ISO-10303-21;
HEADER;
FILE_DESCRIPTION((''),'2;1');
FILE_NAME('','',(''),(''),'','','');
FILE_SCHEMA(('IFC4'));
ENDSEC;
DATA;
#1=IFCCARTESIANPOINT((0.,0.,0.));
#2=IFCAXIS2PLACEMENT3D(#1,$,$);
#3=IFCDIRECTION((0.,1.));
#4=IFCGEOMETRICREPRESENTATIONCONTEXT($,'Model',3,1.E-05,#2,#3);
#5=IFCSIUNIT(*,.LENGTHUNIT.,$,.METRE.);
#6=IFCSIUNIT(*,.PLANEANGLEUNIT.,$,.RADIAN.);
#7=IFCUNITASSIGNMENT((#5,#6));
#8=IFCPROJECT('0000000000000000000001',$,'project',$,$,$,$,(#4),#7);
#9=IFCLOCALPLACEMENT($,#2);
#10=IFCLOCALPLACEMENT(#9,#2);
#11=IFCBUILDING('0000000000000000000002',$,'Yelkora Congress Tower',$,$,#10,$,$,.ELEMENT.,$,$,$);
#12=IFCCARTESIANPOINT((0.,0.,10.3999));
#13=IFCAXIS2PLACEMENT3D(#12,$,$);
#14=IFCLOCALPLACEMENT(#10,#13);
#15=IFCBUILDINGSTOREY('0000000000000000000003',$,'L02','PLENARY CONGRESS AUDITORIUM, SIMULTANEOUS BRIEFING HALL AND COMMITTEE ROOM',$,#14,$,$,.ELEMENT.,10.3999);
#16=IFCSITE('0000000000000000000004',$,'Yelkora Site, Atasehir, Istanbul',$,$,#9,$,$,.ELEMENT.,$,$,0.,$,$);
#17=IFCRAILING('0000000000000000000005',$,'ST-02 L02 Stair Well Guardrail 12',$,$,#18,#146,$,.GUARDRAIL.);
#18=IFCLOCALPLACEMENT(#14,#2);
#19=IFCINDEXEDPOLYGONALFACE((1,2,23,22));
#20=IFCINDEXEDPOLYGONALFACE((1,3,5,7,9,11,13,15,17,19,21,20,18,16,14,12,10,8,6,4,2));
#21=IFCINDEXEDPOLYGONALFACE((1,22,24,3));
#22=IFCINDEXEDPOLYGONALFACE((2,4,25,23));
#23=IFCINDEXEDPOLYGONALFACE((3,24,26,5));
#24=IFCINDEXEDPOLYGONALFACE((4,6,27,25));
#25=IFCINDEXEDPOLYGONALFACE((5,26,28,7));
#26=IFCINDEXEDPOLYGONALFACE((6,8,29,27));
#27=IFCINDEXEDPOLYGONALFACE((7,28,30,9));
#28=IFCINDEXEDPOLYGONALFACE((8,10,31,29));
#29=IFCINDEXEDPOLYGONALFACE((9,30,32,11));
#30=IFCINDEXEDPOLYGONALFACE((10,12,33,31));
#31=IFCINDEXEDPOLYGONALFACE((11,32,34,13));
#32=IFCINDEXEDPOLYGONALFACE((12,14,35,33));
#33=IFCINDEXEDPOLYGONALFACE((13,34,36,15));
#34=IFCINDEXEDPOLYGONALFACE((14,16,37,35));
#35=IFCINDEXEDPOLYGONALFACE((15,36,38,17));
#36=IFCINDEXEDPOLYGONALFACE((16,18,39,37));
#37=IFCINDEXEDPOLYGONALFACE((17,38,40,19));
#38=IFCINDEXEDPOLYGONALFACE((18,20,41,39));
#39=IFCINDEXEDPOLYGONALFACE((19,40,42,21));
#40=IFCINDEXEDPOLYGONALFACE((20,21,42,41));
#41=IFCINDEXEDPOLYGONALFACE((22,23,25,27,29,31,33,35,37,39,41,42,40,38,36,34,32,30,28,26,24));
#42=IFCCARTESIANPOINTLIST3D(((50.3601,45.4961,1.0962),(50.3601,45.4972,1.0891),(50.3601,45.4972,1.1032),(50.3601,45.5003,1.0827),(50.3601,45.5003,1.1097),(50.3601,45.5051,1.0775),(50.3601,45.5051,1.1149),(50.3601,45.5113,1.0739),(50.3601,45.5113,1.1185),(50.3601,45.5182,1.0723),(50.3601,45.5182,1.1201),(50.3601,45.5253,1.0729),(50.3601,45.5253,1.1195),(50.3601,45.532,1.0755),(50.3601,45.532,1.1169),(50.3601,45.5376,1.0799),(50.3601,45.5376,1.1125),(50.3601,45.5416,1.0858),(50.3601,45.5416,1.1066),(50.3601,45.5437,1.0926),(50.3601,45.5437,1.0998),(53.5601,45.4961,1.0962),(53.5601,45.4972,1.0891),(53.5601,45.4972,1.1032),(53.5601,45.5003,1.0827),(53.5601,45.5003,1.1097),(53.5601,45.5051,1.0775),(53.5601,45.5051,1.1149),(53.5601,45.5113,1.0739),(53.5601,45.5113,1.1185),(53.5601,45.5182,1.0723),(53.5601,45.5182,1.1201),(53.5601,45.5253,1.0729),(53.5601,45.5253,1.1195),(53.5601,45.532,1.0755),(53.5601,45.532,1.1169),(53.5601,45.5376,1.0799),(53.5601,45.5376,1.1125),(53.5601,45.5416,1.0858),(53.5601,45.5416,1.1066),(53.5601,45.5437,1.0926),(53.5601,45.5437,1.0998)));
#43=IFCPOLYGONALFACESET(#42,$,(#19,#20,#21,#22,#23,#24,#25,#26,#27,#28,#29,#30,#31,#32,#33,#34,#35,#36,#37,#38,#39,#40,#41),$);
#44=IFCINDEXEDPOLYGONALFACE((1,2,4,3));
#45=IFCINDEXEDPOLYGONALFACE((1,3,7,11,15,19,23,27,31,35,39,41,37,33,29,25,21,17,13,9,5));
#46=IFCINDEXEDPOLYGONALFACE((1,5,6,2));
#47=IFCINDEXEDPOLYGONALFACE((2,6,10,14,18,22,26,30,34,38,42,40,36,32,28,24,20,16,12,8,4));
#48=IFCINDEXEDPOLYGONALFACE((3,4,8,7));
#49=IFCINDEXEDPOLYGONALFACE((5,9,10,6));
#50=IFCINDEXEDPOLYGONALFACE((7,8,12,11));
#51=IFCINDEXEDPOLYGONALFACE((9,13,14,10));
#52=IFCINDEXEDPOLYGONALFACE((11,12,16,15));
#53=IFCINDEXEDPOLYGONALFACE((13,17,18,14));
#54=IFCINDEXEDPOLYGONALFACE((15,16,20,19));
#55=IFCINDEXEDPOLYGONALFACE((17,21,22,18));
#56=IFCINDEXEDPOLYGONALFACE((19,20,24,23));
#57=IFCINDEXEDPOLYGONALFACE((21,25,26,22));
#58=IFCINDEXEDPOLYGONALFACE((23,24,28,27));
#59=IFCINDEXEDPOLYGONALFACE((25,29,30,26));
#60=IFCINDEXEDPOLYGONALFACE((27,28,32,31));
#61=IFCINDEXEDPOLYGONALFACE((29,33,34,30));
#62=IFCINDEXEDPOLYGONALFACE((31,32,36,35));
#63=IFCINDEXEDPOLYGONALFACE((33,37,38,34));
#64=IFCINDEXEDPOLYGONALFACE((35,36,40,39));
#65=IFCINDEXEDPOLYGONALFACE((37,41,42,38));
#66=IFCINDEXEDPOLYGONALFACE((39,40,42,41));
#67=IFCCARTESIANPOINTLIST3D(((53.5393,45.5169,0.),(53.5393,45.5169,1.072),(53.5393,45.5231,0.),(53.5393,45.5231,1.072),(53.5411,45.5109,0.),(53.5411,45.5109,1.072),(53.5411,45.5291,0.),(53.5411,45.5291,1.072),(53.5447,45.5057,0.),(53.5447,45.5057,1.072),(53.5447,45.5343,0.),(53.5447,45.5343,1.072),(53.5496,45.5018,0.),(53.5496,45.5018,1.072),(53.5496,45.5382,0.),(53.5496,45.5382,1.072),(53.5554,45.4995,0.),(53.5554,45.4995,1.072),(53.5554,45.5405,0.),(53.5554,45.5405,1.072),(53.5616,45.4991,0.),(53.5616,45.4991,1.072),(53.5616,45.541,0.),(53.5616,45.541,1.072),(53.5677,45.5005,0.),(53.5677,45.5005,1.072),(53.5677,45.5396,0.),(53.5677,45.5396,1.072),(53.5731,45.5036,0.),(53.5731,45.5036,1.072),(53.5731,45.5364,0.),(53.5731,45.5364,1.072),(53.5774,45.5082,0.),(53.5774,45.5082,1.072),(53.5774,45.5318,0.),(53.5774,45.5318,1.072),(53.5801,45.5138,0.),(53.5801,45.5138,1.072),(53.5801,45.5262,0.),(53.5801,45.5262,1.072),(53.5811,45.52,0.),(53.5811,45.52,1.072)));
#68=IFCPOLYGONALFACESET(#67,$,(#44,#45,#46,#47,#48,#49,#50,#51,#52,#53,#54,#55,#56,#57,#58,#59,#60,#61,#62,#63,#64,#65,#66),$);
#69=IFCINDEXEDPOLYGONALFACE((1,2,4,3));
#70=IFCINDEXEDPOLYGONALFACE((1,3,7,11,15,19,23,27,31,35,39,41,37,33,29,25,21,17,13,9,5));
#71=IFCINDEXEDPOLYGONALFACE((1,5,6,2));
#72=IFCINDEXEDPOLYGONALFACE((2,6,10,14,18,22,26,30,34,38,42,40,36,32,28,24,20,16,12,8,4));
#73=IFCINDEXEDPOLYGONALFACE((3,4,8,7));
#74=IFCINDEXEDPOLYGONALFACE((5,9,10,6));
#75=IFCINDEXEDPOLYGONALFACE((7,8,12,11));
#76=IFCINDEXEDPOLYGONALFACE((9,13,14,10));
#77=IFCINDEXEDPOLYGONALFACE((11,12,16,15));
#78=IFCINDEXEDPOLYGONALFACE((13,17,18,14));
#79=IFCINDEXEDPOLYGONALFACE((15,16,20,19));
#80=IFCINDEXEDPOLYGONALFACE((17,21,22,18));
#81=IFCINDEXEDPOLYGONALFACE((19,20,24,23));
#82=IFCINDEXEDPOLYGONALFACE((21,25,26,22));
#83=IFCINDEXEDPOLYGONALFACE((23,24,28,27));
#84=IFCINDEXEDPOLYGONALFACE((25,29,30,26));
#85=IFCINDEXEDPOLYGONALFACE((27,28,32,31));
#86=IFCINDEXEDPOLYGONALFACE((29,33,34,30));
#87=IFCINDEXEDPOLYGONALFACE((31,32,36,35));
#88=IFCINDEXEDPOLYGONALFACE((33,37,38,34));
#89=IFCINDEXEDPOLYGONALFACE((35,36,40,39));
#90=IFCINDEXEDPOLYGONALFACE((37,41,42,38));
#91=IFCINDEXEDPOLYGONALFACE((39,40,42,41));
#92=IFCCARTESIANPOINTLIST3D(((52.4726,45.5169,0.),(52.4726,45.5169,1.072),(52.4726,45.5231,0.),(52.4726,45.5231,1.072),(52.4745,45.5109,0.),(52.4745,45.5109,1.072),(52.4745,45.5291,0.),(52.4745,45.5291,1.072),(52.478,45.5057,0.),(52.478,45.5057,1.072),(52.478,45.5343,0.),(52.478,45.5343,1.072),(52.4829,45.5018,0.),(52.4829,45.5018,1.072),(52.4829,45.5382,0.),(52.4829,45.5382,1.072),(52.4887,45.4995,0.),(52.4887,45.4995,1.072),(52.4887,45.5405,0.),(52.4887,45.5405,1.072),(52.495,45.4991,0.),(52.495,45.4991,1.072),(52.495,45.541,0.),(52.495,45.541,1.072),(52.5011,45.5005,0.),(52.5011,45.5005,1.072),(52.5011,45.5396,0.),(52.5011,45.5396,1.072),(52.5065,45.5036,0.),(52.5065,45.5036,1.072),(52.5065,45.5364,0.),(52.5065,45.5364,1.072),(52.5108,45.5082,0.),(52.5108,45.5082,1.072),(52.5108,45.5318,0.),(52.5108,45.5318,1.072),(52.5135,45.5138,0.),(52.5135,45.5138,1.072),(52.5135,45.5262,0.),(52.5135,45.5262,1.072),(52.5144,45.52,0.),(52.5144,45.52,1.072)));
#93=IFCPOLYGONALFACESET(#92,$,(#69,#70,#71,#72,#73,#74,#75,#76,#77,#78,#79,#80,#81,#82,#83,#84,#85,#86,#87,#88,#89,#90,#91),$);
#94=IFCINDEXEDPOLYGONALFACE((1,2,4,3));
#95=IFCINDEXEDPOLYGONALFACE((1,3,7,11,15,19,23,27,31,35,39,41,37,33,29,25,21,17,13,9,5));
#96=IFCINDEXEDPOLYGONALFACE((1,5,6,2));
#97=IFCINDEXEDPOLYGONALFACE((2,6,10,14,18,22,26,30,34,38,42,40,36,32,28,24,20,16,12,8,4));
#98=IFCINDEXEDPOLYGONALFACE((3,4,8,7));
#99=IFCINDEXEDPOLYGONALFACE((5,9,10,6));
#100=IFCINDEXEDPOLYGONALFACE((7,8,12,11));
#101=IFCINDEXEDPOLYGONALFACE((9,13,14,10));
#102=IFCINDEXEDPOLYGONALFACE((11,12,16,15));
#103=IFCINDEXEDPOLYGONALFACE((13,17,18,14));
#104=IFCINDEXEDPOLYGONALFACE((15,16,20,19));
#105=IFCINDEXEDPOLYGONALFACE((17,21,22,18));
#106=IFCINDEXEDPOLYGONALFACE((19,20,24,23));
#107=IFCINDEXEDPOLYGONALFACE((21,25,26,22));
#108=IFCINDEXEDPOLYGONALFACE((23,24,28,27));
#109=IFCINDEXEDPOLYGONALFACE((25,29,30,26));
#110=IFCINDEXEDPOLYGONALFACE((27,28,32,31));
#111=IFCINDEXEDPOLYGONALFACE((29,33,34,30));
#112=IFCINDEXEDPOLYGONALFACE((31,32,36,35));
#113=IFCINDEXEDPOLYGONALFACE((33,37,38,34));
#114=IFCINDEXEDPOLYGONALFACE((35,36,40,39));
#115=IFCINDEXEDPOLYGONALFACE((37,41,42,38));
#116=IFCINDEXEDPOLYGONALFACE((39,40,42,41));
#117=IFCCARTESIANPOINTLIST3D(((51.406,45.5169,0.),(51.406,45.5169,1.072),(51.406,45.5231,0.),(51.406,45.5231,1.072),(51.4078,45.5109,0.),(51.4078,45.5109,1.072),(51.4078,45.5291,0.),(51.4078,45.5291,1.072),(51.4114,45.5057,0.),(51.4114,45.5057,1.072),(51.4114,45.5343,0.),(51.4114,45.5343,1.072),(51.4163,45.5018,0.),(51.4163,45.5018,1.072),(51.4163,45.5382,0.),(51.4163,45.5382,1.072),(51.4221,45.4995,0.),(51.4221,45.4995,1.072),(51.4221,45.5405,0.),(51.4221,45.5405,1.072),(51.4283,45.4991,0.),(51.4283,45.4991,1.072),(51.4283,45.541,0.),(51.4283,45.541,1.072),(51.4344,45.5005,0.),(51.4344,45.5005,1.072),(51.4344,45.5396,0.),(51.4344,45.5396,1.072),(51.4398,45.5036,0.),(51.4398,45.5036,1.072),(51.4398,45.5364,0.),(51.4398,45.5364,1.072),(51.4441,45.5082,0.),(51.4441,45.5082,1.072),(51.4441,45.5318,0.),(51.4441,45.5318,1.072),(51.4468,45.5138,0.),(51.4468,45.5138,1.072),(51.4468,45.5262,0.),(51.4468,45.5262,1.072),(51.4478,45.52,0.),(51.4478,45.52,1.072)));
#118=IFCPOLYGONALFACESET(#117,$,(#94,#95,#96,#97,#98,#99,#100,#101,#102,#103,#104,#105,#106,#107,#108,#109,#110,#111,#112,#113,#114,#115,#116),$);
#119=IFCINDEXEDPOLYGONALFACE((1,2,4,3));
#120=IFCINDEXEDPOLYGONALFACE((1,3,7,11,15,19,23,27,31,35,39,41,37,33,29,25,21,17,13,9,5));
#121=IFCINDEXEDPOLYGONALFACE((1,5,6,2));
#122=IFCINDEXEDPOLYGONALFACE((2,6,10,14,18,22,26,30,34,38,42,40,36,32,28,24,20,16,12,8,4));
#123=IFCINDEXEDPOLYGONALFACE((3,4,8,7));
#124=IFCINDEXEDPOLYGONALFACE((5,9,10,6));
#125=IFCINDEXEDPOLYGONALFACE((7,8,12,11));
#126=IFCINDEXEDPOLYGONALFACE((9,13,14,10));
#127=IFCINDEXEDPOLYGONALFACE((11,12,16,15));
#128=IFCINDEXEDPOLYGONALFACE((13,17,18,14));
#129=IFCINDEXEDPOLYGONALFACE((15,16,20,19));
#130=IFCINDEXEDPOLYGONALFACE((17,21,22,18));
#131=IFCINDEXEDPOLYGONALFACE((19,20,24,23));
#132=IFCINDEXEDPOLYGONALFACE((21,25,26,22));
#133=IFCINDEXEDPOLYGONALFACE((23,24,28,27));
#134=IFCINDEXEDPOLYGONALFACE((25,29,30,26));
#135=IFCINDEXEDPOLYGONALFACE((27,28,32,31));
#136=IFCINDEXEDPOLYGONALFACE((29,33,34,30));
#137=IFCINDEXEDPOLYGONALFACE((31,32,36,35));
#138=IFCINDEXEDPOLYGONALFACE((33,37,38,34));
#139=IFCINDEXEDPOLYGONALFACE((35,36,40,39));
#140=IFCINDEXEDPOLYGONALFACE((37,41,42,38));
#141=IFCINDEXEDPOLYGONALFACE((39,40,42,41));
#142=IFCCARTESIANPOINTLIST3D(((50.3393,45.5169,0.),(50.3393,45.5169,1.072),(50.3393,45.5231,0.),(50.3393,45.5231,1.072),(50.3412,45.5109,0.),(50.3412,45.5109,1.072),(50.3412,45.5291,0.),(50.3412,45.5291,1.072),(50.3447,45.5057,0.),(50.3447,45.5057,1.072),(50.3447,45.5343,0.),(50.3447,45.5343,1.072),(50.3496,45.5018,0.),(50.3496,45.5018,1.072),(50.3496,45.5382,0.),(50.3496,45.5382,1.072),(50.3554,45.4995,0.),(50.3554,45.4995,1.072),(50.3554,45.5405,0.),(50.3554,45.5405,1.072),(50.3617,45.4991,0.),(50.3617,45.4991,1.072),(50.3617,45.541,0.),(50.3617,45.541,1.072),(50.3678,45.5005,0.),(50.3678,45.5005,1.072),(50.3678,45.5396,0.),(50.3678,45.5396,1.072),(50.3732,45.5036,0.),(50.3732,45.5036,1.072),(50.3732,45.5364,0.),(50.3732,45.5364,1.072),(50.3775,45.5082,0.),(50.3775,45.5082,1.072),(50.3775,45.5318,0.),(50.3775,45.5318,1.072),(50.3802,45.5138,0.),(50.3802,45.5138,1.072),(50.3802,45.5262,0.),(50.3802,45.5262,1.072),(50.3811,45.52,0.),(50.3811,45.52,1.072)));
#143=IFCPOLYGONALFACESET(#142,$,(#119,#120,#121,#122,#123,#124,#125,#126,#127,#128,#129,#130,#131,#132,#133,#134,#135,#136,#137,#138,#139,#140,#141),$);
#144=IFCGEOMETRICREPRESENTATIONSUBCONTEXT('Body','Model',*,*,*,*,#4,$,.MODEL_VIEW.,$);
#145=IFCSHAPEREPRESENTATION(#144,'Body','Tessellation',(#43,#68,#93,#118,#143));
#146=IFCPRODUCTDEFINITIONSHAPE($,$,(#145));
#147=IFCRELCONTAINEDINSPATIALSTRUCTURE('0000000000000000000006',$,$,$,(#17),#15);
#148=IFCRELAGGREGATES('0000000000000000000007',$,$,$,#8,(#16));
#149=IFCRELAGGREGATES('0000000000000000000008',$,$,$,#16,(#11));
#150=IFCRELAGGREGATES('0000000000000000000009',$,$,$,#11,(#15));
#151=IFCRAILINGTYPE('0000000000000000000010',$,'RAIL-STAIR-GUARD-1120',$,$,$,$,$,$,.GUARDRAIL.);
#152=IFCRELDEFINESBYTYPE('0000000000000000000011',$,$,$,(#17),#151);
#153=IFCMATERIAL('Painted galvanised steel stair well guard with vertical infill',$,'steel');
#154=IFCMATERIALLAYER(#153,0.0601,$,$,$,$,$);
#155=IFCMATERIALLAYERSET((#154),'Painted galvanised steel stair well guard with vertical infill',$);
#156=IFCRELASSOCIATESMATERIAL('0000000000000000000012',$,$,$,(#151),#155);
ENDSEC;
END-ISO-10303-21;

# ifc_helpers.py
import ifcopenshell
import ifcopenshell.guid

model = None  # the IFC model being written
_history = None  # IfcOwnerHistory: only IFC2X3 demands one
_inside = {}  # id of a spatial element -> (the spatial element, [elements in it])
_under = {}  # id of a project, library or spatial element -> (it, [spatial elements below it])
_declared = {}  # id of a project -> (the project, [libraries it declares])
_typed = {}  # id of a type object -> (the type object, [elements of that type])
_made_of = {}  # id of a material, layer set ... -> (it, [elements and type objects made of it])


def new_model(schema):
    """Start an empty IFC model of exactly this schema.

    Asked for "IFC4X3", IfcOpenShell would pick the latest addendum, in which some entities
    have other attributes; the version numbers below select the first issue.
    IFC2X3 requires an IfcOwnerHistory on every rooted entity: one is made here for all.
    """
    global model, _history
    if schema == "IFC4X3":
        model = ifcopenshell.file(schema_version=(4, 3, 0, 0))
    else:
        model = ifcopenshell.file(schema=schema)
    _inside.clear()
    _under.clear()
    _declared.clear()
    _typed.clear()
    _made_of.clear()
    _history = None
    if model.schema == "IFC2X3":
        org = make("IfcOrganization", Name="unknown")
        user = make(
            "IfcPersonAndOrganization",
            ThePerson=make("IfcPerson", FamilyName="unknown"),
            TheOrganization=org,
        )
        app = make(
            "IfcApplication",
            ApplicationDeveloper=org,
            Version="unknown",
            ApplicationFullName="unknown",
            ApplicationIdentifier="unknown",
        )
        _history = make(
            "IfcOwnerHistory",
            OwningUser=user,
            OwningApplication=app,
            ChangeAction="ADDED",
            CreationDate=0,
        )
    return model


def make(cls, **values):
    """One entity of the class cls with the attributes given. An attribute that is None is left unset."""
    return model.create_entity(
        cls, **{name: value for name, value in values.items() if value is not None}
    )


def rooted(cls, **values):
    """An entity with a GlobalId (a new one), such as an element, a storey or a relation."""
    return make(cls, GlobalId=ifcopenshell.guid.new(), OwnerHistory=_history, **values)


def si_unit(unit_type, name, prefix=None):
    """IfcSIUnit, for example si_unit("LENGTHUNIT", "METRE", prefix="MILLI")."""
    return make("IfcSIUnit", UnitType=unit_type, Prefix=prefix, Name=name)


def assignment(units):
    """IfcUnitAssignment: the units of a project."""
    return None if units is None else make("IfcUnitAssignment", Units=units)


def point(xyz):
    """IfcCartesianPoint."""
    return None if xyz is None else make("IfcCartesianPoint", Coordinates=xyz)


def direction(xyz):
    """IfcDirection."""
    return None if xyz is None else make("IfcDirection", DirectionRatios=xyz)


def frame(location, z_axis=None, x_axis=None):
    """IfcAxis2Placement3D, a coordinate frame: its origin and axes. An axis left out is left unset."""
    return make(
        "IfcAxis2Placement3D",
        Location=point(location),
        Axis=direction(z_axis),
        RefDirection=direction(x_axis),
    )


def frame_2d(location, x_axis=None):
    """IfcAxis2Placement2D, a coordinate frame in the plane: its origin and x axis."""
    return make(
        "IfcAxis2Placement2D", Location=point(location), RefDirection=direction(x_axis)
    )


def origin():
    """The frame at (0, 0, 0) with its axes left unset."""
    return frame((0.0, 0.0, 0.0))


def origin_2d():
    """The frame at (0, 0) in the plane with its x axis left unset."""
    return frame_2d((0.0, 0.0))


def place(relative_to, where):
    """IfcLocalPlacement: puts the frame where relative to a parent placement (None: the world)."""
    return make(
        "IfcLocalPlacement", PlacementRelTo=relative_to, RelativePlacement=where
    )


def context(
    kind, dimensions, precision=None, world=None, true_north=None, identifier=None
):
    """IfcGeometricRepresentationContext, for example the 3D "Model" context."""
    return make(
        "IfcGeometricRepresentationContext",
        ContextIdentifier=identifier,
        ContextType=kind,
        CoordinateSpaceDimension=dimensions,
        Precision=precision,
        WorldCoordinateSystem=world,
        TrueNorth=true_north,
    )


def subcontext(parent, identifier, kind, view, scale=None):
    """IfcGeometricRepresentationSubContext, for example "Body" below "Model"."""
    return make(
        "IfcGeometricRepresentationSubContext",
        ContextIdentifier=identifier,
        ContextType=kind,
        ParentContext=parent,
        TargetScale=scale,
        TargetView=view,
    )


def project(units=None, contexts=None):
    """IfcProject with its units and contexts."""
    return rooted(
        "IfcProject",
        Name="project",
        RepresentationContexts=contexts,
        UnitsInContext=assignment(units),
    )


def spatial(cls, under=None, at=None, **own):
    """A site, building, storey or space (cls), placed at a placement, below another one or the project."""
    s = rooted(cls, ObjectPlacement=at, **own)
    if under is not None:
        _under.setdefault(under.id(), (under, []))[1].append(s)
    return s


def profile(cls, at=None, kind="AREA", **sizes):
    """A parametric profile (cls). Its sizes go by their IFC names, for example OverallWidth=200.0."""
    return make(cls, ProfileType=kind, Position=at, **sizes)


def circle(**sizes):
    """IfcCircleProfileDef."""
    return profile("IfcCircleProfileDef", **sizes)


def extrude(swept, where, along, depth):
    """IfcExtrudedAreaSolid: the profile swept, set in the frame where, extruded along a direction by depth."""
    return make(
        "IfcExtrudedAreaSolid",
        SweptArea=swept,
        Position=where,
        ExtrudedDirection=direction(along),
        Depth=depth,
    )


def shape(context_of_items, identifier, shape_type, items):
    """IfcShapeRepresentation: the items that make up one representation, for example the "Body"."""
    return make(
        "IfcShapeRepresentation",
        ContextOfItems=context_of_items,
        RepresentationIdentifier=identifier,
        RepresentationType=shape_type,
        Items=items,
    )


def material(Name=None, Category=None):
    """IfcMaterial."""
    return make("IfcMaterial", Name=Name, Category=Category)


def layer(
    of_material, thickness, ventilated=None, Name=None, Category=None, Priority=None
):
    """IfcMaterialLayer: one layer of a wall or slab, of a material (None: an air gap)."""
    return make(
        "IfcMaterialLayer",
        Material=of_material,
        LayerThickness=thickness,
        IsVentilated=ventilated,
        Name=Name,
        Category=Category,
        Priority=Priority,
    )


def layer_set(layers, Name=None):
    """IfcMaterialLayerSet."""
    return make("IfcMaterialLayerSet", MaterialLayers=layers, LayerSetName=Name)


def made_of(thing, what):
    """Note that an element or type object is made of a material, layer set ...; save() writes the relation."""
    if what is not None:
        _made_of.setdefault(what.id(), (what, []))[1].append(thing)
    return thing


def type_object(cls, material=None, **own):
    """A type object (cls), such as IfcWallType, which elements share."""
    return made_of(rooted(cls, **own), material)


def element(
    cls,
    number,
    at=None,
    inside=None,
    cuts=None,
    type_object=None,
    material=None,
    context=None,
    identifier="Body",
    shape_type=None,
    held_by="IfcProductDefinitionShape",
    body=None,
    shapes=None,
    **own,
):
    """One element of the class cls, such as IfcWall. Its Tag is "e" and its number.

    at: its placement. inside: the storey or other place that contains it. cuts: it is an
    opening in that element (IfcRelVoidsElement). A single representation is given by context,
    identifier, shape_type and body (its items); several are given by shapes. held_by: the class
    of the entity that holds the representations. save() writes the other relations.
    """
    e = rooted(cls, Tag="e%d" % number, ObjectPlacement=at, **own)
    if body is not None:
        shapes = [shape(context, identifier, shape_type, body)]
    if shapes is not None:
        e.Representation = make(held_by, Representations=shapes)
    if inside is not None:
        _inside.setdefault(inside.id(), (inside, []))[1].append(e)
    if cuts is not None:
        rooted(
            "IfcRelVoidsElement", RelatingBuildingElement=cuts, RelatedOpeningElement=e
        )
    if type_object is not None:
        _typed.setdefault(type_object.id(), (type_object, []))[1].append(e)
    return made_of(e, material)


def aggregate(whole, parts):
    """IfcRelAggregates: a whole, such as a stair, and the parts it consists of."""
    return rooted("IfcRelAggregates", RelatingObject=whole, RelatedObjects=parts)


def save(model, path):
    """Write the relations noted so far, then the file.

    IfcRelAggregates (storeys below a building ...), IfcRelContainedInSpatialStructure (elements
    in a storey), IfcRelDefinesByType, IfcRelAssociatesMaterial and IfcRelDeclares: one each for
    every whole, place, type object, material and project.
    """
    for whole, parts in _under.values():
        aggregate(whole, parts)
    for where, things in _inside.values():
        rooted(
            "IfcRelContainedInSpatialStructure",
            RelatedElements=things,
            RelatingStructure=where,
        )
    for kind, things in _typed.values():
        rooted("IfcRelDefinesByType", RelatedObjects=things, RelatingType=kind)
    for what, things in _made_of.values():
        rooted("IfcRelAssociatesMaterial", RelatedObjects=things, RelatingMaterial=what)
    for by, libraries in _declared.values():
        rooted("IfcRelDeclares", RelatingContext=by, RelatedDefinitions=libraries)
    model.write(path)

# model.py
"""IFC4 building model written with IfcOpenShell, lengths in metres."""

from ifc_helpers import new_model, si_unit, direction, frame, origin, origin_2d, place, context, subcontext, project, spatial, circle, extrude, material, layer, layer_set, type_object, element, save


model = new_model("IFC4")

# Units and contexts
model_context = context("Model", 3, precision=1e-05, world=origin(), true_north=direction((0.0, 1.0)))
body_context = subcontext(model_context, "Body", "Model", "MODEL_VIEW")
ifc_project = project(units=[si_unit("LENGTHUNIT", "METRE"), si_unit("PLANEANGLEUNIT", "RADIAN")], contexts=[model_context])

# Site, building, storey
site_placement = place(None, origin())
site = spatial("IfcSite", under=ifc_project, at=site_placement, Name="Yelkora Site, Atasehir, Istanbul", CompositionType="ELEMENT", RefElevation=0.0)
building_placement = place(site_placement, origin())
building = spatial("IfcBuilding", under=site, at=building_placement, Name="Yelkora Congress Tower", CompositionType="ELEMENT")
storey_placement = place(building_placement, frame((0.0, 0.0, 10.3999)))
storey = spatial("IfcBuildingStorey", under=building, at=storey_placement, Name="L02", Description="PLENARY CONGRESS AUDITORIUM, SIMULTANEOUS BRIEFING HALL AND COMMITTEE ROOM", CompositionType="ELEMENT", Elevation=10.3999)

# Railing
ifc_material_1 = material(Name="Painted galvanised steel stair well guard with vertical infill", Category="steel")
ifc_layer_1 = layer(ifc_material_1, 0.0601)
ifc_layer_set_1 = layer_set([ifc_layer_1], Name="Painted galvanised steel stair well guard with vertical infill")
railing_type_1 = type_object("IfcRailingType", Name="RAIL-STAIR-GUARD-1120", PredefinedType="GUARDRAIL", material=ifc_layer_set_1)
railing_1_placement = place(storey_placement, frame((53.5601, 45.52, 0.0)))
element("IfcRailing", 1, at=railing_1_placement, inside=storey, type_object=railing_type_1, Name="ST-02 L02 Stair Well Guardrail 12", PredefinedType="GUARDRAIL", context=body_context, shape_type="SweptSolid", body=[
    extrude(circle(Radius=0.0239, at=origin_2d()), frame((0.0, 0.0, 1.0962), z_axis=(-1.0, 0.0, 0.0), x_axis=(0.0, -1.0, 0.0)), (0.0, 0.0, 1.0), 3.2),
    extrude(circle(Radius=0.021, at=origin_2d()), origin(), (0.0, 0.0, 1.0), 1.072),
    extrude(circle(Radius=0.021, at=origin_2d()), frame((-1.0667, 0.0, 0.0)), (0.0, 0.0, 1.0), 1.072),
    extrude(circle(Radius=0.021, at=origin_2d()), frame((-2.1333, 0.0, 0.0)), (0.0, 0.0, 1.0), 1.072),
    extrude(circle(Radius=0.021, at=origin_2d()), frame((-3.2, 0.0, 0.0)), (0.0, 0.0, 1.0), 1.072),
])

save(model, "model.ifc")
